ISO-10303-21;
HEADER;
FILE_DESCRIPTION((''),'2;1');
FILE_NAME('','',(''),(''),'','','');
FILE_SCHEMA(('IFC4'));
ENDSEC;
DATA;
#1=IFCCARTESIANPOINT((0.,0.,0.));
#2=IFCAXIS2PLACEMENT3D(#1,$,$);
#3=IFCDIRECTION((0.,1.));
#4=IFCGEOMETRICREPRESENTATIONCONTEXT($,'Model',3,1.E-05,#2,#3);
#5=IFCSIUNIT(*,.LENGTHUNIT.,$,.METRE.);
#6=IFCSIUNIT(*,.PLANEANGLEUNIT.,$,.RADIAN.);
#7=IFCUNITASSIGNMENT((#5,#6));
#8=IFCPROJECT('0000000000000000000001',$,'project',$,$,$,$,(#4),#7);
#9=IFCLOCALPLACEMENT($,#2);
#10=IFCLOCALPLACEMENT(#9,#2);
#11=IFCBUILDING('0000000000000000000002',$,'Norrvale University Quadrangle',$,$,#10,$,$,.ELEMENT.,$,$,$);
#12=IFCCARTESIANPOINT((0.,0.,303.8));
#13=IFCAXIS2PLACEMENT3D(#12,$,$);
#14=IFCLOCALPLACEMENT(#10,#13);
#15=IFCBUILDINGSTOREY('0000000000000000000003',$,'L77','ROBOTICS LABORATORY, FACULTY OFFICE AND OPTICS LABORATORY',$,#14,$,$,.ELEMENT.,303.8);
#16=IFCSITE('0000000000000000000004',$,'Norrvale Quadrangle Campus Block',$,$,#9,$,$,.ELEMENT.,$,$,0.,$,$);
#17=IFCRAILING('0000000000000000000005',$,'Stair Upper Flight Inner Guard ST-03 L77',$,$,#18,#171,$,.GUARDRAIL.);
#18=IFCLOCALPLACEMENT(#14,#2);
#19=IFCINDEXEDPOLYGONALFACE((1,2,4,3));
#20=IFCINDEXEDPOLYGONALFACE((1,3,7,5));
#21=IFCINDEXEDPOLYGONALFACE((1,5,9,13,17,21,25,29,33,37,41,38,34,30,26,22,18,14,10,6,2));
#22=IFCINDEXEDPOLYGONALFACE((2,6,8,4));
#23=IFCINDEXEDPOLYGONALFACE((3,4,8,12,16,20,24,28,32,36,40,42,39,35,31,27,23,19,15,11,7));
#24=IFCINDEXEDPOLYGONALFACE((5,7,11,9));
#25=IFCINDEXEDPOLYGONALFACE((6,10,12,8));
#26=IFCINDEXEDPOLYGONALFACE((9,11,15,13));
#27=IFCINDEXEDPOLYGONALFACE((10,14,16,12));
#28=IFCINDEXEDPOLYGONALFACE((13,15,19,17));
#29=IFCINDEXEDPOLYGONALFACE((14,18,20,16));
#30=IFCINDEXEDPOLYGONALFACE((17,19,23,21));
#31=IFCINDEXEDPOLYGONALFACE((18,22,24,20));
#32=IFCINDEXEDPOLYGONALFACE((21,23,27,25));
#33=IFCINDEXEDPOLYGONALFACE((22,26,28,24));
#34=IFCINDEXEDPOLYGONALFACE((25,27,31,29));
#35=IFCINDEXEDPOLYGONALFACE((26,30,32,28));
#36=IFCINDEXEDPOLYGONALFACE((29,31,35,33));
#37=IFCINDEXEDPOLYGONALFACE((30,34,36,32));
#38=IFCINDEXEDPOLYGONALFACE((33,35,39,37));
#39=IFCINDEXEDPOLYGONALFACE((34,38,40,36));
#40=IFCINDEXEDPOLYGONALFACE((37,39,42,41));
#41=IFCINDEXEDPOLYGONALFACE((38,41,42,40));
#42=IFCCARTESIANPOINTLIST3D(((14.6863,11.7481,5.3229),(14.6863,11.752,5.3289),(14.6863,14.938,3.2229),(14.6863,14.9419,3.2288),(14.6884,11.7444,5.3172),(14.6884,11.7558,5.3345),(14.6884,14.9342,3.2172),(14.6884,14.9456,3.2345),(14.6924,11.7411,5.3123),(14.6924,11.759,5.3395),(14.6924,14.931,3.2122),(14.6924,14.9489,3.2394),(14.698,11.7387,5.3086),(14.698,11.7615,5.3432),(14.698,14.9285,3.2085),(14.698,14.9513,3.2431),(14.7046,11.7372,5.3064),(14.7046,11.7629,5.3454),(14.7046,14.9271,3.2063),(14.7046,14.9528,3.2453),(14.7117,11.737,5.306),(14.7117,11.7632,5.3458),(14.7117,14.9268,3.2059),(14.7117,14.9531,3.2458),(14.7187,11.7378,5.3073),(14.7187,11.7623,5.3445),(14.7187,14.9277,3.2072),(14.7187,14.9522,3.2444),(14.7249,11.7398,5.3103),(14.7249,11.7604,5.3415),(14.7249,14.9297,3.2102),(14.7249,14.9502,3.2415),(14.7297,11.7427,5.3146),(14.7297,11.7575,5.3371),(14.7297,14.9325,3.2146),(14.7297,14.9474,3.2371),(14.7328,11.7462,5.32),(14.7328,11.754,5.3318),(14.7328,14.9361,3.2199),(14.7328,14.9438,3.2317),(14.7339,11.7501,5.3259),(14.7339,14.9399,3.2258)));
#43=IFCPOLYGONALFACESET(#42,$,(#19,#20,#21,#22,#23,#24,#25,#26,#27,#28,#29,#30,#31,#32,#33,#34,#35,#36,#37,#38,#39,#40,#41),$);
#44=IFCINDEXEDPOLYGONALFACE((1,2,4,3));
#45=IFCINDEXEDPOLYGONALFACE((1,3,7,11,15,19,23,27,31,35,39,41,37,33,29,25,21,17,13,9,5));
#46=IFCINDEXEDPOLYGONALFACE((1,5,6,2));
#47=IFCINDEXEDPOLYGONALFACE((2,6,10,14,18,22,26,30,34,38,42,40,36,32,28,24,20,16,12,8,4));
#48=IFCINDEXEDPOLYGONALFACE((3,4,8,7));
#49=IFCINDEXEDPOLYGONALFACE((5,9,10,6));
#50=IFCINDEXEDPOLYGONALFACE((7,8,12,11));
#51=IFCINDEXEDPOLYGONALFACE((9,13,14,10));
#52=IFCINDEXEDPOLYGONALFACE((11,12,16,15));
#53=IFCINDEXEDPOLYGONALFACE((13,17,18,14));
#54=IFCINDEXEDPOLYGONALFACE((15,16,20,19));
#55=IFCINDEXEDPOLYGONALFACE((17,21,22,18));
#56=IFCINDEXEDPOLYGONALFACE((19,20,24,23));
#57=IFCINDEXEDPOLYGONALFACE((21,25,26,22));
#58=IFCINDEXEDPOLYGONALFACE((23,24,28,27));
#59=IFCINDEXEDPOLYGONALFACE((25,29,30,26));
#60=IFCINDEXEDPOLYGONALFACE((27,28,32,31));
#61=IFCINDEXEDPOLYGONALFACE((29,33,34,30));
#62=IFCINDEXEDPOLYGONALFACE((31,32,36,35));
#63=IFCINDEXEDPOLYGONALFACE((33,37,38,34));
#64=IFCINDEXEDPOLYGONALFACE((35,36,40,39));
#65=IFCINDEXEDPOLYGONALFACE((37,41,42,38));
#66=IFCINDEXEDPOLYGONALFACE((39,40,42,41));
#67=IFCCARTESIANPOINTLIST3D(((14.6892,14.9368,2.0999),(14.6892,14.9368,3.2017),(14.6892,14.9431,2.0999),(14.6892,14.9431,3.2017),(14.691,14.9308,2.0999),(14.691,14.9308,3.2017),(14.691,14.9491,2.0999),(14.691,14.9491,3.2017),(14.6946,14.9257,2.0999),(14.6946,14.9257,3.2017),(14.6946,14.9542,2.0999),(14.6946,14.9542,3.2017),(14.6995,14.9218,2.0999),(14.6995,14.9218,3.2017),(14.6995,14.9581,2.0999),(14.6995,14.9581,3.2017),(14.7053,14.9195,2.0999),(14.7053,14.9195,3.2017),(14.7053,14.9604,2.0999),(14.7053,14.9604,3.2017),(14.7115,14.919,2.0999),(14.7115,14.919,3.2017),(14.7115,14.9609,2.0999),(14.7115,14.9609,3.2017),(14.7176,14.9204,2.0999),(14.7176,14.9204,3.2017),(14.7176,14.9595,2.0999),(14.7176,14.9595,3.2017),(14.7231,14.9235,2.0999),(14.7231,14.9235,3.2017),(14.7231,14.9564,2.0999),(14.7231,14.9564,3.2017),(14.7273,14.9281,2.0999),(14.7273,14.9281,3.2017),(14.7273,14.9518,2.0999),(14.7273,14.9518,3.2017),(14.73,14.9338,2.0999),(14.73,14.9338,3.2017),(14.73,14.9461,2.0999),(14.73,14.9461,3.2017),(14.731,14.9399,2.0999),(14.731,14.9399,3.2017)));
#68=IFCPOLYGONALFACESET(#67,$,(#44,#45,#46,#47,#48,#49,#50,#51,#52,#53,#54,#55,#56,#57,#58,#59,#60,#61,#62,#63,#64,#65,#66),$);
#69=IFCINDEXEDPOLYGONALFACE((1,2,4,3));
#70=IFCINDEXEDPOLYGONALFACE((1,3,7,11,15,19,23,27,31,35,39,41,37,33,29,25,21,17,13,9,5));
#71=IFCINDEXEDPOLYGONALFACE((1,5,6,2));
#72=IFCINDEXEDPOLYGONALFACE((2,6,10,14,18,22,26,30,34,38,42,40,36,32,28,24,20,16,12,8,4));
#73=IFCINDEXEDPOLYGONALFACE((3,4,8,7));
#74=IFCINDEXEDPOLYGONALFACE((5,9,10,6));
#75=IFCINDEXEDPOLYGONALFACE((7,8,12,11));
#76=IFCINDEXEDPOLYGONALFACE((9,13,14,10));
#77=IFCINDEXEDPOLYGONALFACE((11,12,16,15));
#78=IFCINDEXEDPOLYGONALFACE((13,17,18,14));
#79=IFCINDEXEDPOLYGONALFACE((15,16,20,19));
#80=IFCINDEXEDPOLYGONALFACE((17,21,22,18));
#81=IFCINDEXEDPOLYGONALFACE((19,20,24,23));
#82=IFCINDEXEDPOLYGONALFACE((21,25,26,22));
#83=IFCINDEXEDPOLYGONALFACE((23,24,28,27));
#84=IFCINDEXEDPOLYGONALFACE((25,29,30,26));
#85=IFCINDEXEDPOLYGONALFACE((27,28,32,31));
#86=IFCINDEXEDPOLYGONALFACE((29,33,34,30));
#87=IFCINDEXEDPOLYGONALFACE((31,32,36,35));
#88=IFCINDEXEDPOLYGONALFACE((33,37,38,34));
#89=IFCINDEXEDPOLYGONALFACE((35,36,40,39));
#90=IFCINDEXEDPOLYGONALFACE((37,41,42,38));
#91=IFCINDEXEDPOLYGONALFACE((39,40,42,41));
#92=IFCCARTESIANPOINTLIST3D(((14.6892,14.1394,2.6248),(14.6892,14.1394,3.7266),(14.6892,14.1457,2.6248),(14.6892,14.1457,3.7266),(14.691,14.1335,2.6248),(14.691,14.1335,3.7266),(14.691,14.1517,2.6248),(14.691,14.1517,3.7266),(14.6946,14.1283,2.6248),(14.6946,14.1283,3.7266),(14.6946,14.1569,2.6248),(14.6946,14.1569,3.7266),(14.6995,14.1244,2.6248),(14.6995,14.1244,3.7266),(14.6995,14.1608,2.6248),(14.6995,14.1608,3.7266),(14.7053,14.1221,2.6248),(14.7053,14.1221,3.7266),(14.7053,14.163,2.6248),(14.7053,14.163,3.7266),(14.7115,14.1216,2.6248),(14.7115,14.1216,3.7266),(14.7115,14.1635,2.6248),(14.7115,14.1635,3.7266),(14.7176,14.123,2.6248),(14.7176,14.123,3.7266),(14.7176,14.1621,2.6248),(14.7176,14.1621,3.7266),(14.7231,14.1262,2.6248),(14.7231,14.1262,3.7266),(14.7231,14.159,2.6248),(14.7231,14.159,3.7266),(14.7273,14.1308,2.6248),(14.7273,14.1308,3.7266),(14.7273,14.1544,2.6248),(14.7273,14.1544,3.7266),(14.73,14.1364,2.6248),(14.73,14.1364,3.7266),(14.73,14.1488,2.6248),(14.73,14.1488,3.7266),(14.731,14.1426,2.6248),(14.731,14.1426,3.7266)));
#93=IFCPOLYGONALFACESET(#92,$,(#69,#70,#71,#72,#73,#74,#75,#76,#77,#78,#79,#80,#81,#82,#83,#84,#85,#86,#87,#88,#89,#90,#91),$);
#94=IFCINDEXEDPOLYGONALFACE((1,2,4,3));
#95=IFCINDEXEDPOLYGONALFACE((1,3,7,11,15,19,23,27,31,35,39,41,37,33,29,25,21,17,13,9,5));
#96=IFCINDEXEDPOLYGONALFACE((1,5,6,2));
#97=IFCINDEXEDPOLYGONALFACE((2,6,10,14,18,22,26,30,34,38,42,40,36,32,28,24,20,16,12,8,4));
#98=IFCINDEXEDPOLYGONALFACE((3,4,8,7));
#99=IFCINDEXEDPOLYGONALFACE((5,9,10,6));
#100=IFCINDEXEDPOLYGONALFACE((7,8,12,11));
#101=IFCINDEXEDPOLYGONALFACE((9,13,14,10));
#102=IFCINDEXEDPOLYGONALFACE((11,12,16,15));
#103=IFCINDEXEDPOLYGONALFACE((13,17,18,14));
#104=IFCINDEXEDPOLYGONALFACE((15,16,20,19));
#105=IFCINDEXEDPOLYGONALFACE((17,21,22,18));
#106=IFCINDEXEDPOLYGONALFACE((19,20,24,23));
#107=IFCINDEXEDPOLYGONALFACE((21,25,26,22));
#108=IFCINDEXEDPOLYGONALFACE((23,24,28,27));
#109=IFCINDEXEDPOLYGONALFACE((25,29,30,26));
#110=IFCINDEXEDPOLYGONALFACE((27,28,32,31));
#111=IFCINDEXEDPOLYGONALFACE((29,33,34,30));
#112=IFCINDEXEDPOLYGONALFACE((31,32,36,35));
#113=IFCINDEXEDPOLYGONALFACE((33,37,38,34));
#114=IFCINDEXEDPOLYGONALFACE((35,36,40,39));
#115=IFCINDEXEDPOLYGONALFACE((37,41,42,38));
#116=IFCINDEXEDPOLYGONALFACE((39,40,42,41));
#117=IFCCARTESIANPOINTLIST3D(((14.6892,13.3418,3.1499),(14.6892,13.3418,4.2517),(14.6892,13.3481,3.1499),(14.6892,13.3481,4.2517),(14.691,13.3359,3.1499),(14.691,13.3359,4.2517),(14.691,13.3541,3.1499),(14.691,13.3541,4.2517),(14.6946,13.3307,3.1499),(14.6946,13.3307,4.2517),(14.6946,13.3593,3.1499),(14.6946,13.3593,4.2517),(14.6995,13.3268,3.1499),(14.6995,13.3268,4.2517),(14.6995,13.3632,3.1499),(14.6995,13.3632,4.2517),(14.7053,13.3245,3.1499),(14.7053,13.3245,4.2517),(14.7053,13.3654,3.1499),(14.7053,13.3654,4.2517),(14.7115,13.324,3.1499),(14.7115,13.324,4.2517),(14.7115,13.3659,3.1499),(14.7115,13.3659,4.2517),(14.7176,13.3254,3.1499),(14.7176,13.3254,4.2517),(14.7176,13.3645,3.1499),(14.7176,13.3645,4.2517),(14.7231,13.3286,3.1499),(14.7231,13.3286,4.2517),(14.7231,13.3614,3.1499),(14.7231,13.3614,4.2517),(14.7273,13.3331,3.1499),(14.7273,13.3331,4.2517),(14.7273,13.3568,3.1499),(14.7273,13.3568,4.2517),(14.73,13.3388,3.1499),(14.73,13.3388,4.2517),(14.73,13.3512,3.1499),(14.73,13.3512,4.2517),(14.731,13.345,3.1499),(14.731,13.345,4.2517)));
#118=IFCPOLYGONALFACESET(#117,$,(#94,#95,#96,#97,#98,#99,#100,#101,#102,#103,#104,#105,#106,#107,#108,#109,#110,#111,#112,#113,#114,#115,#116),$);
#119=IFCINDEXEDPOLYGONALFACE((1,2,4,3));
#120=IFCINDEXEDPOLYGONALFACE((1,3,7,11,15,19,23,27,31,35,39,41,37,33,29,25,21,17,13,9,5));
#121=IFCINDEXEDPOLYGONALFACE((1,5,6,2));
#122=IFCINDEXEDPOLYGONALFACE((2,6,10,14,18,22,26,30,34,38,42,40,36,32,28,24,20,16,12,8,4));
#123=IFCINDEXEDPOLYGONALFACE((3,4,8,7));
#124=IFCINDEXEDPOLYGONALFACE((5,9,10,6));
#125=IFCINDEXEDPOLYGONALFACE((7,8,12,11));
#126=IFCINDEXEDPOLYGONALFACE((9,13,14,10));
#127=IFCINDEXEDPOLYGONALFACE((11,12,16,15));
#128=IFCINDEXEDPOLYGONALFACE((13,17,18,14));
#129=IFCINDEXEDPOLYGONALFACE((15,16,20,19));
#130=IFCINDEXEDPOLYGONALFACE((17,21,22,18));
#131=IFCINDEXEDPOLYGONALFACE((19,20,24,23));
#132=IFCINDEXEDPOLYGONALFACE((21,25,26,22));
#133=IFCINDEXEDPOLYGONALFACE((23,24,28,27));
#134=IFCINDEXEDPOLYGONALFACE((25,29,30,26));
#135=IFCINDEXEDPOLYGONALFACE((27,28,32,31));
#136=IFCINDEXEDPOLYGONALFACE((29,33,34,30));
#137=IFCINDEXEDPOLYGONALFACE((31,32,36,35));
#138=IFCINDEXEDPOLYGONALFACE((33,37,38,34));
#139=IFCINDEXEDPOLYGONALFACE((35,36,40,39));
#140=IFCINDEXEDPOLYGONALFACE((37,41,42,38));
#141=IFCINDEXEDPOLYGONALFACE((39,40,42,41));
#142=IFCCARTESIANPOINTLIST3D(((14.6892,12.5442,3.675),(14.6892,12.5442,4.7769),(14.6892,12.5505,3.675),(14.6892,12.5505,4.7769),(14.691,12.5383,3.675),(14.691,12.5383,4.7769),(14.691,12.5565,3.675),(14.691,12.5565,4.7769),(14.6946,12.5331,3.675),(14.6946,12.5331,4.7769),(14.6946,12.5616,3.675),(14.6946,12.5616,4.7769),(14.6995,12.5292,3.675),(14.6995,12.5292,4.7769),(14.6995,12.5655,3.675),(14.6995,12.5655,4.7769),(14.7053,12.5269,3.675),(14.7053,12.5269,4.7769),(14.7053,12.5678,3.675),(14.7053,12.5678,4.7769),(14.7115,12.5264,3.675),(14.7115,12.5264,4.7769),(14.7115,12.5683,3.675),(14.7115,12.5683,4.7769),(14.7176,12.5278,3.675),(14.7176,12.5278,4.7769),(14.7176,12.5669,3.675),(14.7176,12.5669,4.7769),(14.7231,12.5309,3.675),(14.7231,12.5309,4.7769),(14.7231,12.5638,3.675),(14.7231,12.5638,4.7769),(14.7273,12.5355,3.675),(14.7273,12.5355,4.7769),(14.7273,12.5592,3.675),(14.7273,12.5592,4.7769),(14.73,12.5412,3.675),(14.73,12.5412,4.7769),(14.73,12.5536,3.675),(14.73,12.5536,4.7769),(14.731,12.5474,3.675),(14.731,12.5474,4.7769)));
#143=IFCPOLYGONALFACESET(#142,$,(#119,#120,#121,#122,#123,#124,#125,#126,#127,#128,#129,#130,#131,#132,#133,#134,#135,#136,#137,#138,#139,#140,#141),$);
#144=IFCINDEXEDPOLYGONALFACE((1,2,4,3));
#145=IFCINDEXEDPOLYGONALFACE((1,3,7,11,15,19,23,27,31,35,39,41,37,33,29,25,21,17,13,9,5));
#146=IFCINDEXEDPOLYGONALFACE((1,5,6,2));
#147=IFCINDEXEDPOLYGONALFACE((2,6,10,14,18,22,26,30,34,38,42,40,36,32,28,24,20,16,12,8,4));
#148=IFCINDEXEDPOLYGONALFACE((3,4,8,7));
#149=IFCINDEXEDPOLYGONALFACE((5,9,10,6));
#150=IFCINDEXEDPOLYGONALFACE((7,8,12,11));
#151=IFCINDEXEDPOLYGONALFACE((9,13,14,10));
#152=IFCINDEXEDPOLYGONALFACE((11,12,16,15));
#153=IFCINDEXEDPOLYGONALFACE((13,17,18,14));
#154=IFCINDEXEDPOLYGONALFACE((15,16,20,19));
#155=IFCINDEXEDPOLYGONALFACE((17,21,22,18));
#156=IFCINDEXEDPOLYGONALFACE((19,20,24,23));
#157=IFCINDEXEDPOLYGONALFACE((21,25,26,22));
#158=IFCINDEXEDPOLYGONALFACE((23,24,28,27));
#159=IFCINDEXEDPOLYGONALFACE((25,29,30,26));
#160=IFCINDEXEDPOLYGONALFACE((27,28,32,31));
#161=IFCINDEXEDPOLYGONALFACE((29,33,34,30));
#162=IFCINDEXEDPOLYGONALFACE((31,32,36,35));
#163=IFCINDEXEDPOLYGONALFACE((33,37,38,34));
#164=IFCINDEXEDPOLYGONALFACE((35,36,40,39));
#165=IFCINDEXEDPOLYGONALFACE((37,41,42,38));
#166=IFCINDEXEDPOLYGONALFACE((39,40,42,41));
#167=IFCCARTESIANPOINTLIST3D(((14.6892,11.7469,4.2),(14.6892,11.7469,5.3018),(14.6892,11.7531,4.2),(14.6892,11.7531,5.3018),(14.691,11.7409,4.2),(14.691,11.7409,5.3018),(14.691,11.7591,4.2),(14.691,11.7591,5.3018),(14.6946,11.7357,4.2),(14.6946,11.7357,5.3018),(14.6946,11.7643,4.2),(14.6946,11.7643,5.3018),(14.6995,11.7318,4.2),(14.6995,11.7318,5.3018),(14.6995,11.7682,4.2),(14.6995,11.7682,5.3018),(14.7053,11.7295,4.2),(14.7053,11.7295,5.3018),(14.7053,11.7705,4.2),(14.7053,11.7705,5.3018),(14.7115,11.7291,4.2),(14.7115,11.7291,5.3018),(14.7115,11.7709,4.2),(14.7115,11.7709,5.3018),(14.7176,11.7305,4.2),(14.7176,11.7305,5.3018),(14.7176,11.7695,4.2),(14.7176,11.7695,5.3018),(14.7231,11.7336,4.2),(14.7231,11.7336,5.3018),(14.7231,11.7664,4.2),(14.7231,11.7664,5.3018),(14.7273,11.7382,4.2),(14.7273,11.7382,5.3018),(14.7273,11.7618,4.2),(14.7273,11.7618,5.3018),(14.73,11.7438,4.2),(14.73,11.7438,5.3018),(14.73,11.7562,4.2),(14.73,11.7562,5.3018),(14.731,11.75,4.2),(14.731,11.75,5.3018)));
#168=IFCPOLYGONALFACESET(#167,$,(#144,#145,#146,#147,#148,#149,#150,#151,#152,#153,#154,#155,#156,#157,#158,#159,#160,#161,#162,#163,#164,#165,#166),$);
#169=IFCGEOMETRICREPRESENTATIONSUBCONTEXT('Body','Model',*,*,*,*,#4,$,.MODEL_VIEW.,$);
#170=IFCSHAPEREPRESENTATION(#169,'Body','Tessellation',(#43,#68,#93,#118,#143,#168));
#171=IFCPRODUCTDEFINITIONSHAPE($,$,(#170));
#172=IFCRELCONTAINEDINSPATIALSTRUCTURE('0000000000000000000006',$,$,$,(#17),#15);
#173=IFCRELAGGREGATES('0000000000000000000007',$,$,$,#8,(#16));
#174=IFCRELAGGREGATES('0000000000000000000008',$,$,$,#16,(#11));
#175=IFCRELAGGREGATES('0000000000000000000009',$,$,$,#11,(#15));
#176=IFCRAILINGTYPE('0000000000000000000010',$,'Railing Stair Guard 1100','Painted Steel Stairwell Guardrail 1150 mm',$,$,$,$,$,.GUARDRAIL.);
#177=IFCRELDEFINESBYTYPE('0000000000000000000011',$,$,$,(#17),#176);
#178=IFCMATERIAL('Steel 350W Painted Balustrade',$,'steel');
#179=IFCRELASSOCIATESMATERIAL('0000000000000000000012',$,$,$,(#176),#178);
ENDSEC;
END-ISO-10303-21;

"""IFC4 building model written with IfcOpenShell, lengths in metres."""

from ifc_helpers import new_model, si_unit, direction, frame, origin, origin_2d, place, context, subcontext, project, spatial, circle, extrude, material, type_object, element, save


model = new_model("IFC4")

# Units and contexts
model_context = context("Model", 3, precision=1e-05, world=origin(), true_north=direction((0.0, 1.0)))
body_context = subcontext(model_context, "Body", "Model", "MODEL_VIEW")
ifc_project = project(units=[si_unit("LENGTHUNIT", "METRE"), si_unit("PLANEANGLEUNIT", "RADIAN")], contexts=[model_context])

# Site, building, storey
site_placement = place(None, origin())
site = spatial("IfcSite", under=ifc_project, at=site_placement, Name="Norrvale Quadrangle Campus Block", CompositionType="ELEMENT", RefElevation=0.0)
building_placement = place(site_placement, origin())
building = spatial("IfcBuilding", under=site, at=building_placement, Name="Norrvale University Quadrangle", CompositionType="ELEMENT")
storey_placement = place(building_placement, frame((0.0, 0.0, 303.8)))
storey = spatial("IfcBuildingStorey", under=building, at=storey_placement, Name="L77", Description="ROBOTICS LABORATORY, FACULTY OFFICE AND OPTICS LABORATORY", CompositionType="ELEMENT", Elevation=303.8)

# Railing
ifc_material_1 = material(Name="Steel 350W Painted Balustrade", Category="steel")
railing_type_1 = type_object("IfcRailingType", Name="Railing Stair Guard 1100", Description="Painted Steel Stairwell Guardrail 1150 mm", PredefinedType="GUARDRAIL", material=ifc_material_1)
railing_1_placement = place(storey_placement, frame((14.71, 14.9399, 2.0999)))
element("IfcRailing", 1, at=railing_1_placement, inside=storey, type_object=railing_type_1, Name="Stair Upper Flight Inner Guard ST-03 L77", PredefinedType="GUARDRAIL", context=body_context, shape_type="SweptSolid", body=[
    extrude(circle(Radius=0.0239, at=origin_2d()), frame((0.0, 0.0, 1.126), z_axis=(0.0, -0.835242, 0.549882), x_axis=(1.0, 0.0, 0.0)), (0.0, 0.0, 1.0), 3.8191),
    extrude(circle(Radius=0.021, at=origin_2d()), origin(), (0.0, 0.0, 1.0), 1.1018),
    extrude(circle(Radius=0.021, at=origin_2d()), frame((0.0, -0.7974, 0.5249)), (0.0, 0.0, 1.0), 1.1018),
    extrude(circle(Radius=0.021, at=origin_2d()), frame((0.0, -1.595, 1.05)), (0.0, 0.0, 1.0), 1.1018),
    extrude(circle(Radius=0.021, at=origin_2d()), frame((0.0, -2.3926, 1.5752)), (0.0, 0.0, 1.0), 1.1018),
    extrude(circle(Radius=0.021, at=origin_2d()), frame((0.0, -3.1899, 2.1001)), (0.0, 0.0, 1.0), 1.1018),
])

save(model, "model.ifc")
